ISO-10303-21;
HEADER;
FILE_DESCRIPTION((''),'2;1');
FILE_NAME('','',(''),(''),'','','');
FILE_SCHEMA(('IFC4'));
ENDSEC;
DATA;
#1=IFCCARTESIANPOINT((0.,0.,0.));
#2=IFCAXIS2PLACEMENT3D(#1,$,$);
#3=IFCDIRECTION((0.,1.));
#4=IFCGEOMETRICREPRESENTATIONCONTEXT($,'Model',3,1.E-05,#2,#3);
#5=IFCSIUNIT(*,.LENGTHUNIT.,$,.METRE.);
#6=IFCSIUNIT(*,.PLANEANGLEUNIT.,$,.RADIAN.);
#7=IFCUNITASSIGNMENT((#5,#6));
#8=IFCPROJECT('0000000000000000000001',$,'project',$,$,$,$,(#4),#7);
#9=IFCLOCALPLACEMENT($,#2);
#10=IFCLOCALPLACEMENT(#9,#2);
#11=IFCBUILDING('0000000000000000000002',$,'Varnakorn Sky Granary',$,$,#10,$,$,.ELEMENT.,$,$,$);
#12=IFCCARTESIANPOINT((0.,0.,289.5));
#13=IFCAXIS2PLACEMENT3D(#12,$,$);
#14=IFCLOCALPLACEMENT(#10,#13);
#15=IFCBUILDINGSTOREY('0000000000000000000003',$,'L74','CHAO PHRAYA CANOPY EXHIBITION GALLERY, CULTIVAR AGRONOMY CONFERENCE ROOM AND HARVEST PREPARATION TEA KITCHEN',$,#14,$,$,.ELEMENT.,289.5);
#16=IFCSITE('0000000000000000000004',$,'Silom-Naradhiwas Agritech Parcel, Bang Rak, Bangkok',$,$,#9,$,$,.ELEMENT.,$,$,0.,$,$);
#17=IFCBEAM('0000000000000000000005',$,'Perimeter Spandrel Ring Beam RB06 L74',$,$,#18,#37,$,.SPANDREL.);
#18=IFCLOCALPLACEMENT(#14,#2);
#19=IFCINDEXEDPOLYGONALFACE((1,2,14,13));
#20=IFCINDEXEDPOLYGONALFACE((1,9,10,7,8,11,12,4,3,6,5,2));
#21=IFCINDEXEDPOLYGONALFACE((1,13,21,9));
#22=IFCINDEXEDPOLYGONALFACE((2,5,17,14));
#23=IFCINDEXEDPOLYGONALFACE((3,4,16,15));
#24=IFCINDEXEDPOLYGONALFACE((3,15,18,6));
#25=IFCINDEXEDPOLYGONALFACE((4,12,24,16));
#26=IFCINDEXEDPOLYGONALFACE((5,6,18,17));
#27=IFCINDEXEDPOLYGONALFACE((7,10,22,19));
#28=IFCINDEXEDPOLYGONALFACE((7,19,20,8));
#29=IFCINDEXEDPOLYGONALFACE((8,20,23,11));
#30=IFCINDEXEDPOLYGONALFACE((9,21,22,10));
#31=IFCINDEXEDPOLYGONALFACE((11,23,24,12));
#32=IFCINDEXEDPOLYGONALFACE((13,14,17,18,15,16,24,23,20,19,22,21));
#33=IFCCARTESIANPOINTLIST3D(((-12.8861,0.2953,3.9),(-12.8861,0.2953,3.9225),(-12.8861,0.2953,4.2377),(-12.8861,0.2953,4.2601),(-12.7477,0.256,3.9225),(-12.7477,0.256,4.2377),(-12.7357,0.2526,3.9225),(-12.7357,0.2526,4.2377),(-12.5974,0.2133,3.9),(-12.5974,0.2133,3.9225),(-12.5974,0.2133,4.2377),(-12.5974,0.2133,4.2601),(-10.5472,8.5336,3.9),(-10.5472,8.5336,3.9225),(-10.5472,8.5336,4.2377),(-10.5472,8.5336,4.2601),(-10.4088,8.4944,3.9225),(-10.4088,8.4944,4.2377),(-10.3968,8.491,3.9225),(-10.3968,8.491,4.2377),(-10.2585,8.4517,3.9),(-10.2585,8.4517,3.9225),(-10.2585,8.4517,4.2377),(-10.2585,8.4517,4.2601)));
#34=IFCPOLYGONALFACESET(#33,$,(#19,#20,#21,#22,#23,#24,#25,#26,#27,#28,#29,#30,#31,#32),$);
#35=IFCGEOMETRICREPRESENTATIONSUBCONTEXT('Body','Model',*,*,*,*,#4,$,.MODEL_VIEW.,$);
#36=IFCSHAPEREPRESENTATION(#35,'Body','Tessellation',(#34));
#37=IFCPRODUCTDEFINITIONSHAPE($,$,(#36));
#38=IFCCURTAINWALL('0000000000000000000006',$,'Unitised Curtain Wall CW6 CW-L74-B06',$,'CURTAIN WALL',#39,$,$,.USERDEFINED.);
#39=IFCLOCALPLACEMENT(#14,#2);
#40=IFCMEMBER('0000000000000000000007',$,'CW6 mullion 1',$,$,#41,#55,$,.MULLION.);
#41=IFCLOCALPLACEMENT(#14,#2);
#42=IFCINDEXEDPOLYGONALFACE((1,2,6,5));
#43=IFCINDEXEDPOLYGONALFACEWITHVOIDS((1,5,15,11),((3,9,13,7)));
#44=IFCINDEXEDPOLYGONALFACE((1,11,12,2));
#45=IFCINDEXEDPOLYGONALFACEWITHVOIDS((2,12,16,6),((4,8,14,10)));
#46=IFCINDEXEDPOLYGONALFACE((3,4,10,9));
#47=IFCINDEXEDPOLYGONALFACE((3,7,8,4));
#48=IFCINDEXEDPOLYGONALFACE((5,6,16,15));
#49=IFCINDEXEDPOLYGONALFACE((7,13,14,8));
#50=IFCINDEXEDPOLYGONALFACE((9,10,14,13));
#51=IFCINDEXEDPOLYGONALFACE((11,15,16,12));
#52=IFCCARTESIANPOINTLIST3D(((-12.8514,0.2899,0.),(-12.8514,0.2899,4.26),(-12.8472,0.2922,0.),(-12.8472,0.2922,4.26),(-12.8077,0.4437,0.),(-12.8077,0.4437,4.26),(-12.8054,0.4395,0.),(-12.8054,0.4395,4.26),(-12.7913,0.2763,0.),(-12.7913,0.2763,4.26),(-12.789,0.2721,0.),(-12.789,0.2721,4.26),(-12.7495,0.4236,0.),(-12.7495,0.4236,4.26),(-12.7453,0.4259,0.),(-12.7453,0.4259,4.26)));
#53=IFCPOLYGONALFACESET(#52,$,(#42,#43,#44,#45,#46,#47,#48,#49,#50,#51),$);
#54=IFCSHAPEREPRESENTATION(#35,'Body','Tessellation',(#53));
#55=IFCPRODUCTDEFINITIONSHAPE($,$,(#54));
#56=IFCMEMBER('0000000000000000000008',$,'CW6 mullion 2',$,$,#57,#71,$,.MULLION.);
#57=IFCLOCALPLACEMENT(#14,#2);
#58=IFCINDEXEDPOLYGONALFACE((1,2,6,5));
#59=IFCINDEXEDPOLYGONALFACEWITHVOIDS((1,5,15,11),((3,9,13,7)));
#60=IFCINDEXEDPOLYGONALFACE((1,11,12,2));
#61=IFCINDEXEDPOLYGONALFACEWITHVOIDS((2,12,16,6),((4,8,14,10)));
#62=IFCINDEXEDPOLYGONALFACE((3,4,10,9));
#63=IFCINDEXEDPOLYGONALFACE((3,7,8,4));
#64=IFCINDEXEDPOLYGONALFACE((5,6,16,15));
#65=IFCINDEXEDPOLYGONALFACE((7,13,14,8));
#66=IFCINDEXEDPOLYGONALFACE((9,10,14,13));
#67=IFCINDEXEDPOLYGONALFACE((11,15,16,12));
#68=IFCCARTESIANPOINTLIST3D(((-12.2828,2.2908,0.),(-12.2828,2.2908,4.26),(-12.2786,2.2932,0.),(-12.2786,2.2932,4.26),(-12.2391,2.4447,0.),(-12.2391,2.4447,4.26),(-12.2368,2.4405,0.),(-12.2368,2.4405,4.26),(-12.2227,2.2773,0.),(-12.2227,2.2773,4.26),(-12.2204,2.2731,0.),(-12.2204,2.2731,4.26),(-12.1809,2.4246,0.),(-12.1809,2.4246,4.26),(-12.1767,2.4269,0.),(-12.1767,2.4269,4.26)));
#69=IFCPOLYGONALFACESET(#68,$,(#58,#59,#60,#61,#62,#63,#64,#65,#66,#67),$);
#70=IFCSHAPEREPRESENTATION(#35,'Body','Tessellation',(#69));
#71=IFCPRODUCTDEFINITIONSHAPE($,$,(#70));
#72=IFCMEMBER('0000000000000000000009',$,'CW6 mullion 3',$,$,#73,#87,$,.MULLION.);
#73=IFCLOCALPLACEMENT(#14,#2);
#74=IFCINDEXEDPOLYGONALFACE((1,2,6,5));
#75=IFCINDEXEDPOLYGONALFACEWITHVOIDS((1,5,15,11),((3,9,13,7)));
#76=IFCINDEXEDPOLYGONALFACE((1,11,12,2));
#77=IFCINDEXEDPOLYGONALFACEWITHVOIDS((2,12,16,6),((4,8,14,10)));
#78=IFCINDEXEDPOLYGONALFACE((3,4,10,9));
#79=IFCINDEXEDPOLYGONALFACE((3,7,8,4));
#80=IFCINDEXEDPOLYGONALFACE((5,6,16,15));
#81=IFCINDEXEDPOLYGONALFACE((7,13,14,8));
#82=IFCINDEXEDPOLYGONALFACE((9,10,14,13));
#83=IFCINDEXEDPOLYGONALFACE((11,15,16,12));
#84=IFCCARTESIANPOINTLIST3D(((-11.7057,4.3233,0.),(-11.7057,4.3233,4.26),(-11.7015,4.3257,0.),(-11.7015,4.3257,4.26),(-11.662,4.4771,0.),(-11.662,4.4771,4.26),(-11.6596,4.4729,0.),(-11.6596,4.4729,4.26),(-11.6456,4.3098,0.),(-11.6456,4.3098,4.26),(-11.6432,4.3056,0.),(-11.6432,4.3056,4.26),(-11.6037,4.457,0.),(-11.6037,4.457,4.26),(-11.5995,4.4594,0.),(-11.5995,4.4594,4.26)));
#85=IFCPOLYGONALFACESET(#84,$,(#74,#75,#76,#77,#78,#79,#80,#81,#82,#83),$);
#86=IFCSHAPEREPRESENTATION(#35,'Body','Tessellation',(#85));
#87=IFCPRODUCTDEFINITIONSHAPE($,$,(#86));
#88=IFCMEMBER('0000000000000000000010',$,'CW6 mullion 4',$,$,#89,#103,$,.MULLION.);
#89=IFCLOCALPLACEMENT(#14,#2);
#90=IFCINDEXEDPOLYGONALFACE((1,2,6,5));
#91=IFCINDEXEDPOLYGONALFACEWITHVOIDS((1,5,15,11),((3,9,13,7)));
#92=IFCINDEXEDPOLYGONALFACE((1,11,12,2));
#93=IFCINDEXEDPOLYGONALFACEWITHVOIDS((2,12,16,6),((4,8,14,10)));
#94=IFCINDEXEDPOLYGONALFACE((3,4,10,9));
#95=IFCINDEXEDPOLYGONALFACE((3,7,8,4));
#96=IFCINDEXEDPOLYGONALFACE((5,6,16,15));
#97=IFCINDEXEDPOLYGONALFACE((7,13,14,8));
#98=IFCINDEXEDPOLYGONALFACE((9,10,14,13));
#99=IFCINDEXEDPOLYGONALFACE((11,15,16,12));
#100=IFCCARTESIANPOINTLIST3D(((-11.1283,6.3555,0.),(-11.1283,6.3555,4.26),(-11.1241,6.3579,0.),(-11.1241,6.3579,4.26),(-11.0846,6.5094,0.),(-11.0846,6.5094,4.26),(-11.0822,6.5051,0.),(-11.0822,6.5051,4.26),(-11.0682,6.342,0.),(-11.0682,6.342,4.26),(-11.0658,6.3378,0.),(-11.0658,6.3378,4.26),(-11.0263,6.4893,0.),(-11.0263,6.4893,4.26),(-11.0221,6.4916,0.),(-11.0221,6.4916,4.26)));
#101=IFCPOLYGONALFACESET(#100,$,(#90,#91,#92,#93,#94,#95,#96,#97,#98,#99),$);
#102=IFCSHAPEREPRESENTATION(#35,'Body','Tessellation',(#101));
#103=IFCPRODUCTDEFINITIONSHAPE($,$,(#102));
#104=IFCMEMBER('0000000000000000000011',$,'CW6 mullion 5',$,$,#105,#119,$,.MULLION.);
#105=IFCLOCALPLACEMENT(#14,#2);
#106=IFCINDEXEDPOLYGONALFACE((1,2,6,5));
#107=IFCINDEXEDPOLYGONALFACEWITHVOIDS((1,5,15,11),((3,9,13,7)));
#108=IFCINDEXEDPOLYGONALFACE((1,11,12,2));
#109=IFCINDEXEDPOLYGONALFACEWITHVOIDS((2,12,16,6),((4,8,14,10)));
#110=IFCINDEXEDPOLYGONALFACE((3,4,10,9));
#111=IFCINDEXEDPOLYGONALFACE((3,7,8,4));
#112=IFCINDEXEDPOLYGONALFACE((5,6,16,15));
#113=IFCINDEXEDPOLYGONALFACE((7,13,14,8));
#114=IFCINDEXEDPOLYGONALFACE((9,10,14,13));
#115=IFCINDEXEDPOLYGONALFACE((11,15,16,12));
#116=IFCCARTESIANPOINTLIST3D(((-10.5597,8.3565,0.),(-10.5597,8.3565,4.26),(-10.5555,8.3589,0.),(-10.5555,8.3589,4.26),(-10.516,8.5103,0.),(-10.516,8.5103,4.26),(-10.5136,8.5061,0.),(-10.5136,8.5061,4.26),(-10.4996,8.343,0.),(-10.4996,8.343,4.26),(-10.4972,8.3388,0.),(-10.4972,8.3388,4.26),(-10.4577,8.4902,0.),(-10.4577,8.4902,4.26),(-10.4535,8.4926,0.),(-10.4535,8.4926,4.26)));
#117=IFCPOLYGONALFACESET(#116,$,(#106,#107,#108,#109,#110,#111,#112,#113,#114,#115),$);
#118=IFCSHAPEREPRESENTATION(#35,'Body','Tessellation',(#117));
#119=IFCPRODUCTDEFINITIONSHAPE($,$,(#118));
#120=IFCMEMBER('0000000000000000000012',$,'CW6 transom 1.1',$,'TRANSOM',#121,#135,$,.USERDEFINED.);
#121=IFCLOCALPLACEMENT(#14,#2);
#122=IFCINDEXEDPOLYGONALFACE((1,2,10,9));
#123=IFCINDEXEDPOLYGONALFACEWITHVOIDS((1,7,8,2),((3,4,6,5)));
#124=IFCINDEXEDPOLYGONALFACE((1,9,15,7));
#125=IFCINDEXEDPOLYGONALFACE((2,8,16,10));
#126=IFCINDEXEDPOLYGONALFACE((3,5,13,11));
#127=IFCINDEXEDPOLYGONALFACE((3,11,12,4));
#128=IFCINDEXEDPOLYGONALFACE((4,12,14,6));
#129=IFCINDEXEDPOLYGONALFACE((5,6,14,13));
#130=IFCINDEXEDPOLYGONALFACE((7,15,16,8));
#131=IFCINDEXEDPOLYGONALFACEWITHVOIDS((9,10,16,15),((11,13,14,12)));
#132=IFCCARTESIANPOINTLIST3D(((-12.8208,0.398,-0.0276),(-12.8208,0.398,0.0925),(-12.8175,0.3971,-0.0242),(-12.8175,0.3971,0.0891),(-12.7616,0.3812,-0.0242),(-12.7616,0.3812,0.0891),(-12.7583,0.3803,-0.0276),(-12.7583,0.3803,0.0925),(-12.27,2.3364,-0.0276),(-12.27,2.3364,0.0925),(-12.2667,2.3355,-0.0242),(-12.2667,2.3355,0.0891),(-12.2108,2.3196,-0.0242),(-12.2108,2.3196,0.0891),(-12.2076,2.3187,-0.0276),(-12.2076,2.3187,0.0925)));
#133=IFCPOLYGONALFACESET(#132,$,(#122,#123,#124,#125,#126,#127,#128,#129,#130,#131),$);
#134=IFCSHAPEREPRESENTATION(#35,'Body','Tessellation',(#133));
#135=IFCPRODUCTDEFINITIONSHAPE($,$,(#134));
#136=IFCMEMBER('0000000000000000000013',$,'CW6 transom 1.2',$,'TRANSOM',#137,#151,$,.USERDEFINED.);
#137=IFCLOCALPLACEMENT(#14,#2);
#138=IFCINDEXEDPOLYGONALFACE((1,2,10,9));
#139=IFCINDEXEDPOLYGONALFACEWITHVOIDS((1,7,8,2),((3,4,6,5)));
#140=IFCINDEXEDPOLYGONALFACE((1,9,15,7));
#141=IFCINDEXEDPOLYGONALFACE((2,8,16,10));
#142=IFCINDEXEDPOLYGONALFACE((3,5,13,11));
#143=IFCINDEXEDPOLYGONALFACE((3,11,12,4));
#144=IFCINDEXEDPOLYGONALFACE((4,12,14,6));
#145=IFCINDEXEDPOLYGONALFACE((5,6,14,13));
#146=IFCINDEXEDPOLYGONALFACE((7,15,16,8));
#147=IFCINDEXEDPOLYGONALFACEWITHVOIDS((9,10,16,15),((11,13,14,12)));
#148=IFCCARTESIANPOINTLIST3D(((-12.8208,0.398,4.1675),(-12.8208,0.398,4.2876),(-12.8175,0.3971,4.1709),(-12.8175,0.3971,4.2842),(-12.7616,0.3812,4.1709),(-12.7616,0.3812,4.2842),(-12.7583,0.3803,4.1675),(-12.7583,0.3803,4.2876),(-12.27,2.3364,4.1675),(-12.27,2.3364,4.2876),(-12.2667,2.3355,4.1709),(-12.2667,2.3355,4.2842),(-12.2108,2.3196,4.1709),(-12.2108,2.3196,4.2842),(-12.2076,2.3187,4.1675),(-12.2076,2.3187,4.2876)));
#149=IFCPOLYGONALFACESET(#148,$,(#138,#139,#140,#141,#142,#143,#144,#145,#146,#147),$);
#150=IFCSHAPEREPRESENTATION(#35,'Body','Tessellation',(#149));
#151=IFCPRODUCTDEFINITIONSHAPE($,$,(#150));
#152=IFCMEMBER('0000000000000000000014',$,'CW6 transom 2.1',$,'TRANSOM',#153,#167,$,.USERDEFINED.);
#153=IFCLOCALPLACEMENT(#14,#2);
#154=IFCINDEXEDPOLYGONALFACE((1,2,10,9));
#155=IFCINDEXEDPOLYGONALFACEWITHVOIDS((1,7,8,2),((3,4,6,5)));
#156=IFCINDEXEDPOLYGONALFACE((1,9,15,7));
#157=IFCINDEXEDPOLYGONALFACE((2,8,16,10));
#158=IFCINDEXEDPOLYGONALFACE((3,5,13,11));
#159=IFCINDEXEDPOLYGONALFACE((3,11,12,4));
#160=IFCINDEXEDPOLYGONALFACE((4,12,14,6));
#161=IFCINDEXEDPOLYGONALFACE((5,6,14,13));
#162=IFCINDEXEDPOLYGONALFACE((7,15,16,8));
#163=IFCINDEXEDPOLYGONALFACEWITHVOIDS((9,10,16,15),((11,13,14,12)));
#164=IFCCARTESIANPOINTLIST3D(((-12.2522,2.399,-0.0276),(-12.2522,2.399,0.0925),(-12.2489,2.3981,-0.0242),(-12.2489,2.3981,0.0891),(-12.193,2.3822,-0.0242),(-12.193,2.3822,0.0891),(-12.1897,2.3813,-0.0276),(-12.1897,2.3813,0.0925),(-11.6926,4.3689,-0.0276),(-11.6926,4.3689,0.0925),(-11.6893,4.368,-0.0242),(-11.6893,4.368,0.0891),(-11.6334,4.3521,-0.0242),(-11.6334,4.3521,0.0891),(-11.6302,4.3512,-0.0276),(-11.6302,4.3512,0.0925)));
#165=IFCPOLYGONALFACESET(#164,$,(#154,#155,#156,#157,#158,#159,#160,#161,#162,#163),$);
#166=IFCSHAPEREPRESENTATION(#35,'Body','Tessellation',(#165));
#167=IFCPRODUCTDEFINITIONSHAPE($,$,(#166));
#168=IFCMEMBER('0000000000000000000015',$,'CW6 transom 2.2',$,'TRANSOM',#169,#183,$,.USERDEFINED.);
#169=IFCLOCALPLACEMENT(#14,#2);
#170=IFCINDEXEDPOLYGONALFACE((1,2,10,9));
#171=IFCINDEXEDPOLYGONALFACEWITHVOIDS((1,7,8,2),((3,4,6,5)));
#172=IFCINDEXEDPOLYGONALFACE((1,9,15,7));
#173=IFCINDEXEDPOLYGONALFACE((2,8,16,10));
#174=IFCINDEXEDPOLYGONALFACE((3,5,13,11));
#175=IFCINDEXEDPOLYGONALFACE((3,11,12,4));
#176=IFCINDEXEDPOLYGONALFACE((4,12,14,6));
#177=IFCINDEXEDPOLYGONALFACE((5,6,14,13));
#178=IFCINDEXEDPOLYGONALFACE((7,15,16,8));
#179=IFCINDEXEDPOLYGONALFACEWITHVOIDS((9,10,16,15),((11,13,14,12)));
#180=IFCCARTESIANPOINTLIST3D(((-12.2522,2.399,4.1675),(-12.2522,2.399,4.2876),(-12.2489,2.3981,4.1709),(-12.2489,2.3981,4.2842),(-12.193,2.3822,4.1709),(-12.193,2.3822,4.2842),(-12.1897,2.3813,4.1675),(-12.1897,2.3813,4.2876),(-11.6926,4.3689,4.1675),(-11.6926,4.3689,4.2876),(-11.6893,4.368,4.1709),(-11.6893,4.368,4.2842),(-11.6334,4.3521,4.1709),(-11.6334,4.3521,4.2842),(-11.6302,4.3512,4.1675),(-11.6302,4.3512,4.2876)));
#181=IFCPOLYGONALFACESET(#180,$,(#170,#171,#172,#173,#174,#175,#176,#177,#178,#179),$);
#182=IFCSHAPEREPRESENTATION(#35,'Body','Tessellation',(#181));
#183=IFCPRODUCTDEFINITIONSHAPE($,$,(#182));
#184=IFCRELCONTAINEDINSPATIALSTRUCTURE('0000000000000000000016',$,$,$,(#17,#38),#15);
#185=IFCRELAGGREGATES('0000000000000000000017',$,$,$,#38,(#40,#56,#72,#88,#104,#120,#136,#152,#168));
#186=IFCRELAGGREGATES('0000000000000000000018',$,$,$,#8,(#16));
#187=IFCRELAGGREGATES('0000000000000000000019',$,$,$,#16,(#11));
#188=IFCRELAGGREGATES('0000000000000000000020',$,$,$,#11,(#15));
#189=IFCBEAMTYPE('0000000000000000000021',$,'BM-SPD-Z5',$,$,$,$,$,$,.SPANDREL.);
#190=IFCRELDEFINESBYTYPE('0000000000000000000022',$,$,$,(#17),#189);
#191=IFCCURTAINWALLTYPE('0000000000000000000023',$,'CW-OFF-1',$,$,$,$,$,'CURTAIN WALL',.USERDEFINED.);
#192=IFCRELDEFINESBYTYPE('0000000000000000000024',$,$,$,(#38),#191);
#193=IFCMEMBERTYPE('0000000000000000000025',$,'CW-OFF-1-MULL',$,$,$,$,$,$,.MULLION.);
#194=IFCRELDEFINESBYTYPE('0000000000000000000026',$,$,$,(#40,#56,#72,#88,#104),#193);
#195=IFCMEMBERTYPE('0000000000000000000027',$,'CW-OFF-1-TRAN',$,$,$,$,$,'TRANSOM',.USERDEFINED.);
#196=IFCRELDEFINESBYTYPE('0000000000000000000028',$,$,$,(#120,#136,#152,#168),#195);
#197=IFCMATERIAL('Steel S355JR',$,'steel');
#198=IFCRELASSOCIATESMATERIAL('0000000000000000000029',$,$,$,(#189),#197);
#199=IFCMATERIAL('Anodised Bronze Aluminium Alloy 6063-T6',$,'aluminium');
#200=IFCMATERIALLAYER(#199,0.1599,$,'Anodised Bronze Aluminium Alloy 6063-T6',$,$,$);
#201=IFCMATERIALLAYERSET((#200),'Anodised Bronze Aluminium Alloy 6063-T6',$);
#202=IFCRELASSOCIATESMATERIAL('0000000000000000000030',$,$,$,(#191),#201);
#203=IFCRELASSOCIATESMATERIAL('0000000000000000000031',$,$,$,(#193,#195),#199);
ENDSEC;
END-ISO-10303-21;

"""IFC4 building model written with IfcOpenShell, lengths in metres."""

from ifc_helpers import new_model, si_unit, direction, frame, origin, origin_2d, place, context, subcontext, project, spatial, hollow_rectangle, i_section, extrude, material, layer, layer_set, material_profile, profile_set, type_object, element, aggregate, save


model = new_model("IFC4")

# Units and contexts
model_context = context("Model", 3, precision=1e-05, world=origin(), true_north=direction((0.0, 1.0)))
body_context = subcontext(model_context, "Body", "Model", "MODEL_VIEW")
ifc_project = project(units=[si_unit("LENGTHUNIT", "METRE"), si_unit("PLANEANGLEUNIT", "RADIAN")], contexts=[model_context])

# Site, building, storey
site_placement = place(None, origin())
site = spatial("IfcSite", under=ifc_project, at=site_placement, Name="Silom-Naradhiwas Agritech Parcel, Bang Rak, Bangkok", CompositionType="ELEMENT", RefElevation=0.0)
building_placement = place(site_placement, origin())
building = spatial("IfcBuilding", under=site, at=building_placement, Name="Varnakorn Sky Granary", CompositionType="ELEMENT")
storey_placement = place(building_placement, frame((0.0, 0.0, 289.5)))
storey = spatial("IfcBuildingStorey", under=building, at=storey_placement, Name="L74", Description="CHAO PHRAYA CANOPY EXHIBITION GALLERY, CULTIVAR AGRONOMY CONFERENCE ROOM AND HARVEST PREPARATION TEA KITCHEN", CompositionType="ELEMENT", Elevation=289.5)

# Beam
ifc_material_1 = material(Name="Steel S355JR", Category="steel")
ifc_material_profile_1 = material_profile(ifc_material_1, i_section(OverallWidth=0.3, OverallDepth=0.3601, WebThickness=0.0125, FlangeThickness=0.0225, at=origin_2d()), Name="HE 360 B")
ifc_profile_set_1 = profile_set([ifc_material_profile_1], Name="Steel S355JR")
beam_type = type_object("IfcBeamType", Name="BM-SPD-Z5", PredefinedType="SPANDREL", material=ifc_profile_set_1)
beam_placement = place(storey_placement, frame((-10.4028, 8.4927, 4.0801), z_axis=(-0.273109, -0.961983, 0.0), x_axis=(0.961983, -0.273109, 0.0)))
element("IfcBeam", 1, at=beam_placement, inside=storey, type_object=beam_type, Name="Perimeter Spandrel Ring Beam RB06 L74", PredefinedType="SPANDREL", context=body_context, shape_type="SweptSolid", body=[
    extrude(i_section(OverallWidth=0.3, OverallDepth=0.3601, WebThickness=0.0125, FlangeThickness=0.0225, at=origin_2d()), origin(), (0.0, 0.0, 1.0), 8.564),
])

# Curtain wall, members
ifc_material_2 = material(Name="Anodised Bronze Aluminium Alloy 6063-T6", Category="aluminium")
ifc_layer_1 = layer(ifc_material_2, 0.1599, Name="Anodised Bronze Aluminium Alloy 6063-T6")
ifc_layer_set_1 = layer_set([ifc_layer_1], Name="Anodised Bronze Aluminium Alloy 6063-T6")
curtain_wall_type = type_object("IfcCurtainWallType", Name="CW-OFF-1", ElementType="CURTAIN WALL", PredefinedType="USERDEFINED", material=ifc_layer_set_1)
curtain_wall_placement = place(storey_placement, origin())
curtain_wall = element("IfcCurtainWall", 2, at=curtain_wall_placement, inside=storey, type_object=curtain_wall_type, Name="Unitised Curtain Wall CW6 CW-L74-B06", ObjectType="CURTAIN WALL", PredefinedType="USERDEFINED")
ifc_material_profile_2 = material_profile(ifc_material_2, hollow_rectangle(XDim=0.0649, YDim=0.1599, WallThickness=0.0034, at=origin_2d()), Name="ALU MULL 65x160")
ifc_profile_set_2 = profile_set([ifc_material_profile_2], Name="Anodised Bronze Aluminium Alloy 6063-T6")
member_type_1 = type_object("IfcMemberType", Name="CW-OFF-1-MULL", PredefinedType="MULLION", material=ifc_profile_set_2)
member_1_placement = place(storey_placement, frame((-12.7983, 0.3579, 0.0), z_axis=(0.0, 0.0, 1.0), x_axis=(-0.961937, 0.27327, 0.0)))
member_1 = element("IfcMember", 3, at=member_1_placement, type_object=member_type_1, Name="CW6 mullion 1", PredefinedType="MULLION", context=body_context, shape_type="SweptSolid", body=[
    extrude(hollow_rectangle(XDim=0.0649, YDim=0.1599, WallThickness=0.0034, at=origin_2d()), origin(), (0.0, 0.0, 1.0), 4.26),
])
member_2_placement = place(storey_placement, frame((-12.2297, 2.3589, 0.0), z_axis=(0.0, 0.0, 1.0), x_axis=(-0.961937, 0.27327, 0.0)))
member_2 = element("IfcMember", 4, at=member_2_placement, type_object=member_type_1, Name="CW6 mullion 2", PredefinedType="MULLION", context=body_context, shape_type="SweptSolid", body=[
    extrude(hollow_rectangle(XDim=0.0649, YDim=0.1599, WallThickness=0.0034, at=origin_2d()), origin(), (0.0, 0.0, 1.0), 4.26),
])
member_3_placement = place(storey_placement, frame((-11.6526, 4.3914, 0.0), z_axis=(0.0, 0.0, 1.0), x_axis=(-0.961937, 0.27327, 0.0)))
member_3 = element("IfcMember", 5, at=member_3_placement, type_object=member_type_1, Name="CW6 mullion 3", PredefinedType="MULLION", context=body_context, shape_type="SweptSolid", body=[
    extrude(hollow_rectangle(XDim=0.0649, YDim=0.1599, WallThickness=0.0034, at=origin_2d()), origin(), (0.0, 0.0, 1.0), 4.26),
])
member_4_placement = place(storey_placement, frame((-11.0752, 6.4236, 0.0), z_axis=(0.0, 0.0, 1.0), x_axis=(-0.961937, 0.27327, 0.0)))
member_4 = element("IfcMember", 6, at=member_4_placement, type_object=member_type_1, Name="CW6 mullion 4", PredefinedType="MULLION", context=body_context, shape_type="SweptSolid", body=[
    extrude(hollow_rectangle(XDim=0.0649, YDim=0.1599, WallThickness=0.0034, at=origin_2d()), origin(), (0.0, 0.0, 1.0), 4.26),
])
member_5_placement = place(storey_placement, frame((-10.5066, 8.4246, 0.0), z_axis=(0.0, 0.0, 1.0), x_axis=(-0.961937, 0.27327, 0.0)))
member_5 = element("IfcMember", 7, at=member_5_placement, type_object=member_type_1, Name="CW6 mullion 5", PredefinedType="MULLION", context=body_context, shape_type="SweptSolid", body=[
    extrude(hollow_rectangle(XDim=0.0649, YDim=0.1599, WallThickness=0.0034, at=origin_2d()), origin(), (0.0, 0.0, 1.0), 4.26),
])
ifc_material_profile_3 = material_profile(ifc_material_2, hollow_rectangle(XDim=0.0649, YDim=0.1201, WallThickness=0.0034, at=origin_2d()), Name="ALU TRAN 65x120")
ifc_profile_set_3 = profile_set([ifc_material_profile_3], Name="Anodised Bronze Aluminium Alloy 6063-T6")
member_type_2 = type_object("IfcMemberType", Name="CW-OFF-1-TRAN", ElementType="TRANSOM", PredefinedType="USERDEFINED", material=ifc_profile_set_3)
member_6_placement = place(storey_placement, frame((-12.7896, 0.3892, 0.0325), z_axis=(0.273313, 0.961925, 0.0), x_axis=(-0.961925, 0.273313, 0.0)))
member_6 = element("IfcMember", 8, at=member_6_placement, type_object=member_type_2, Name="CW6 transom 1.1", ObjectType="TRANSOM", PredefinedType="USERDEFINED", context=body_context, shape_type="SweptSolid", body=[
    extrude(hollow_rectangle(XDim=0.0649, YDim=0.1201, WallThickness=0.0034, at=origin_2d()), origin(), (0.0, 0.0, 1.0), 2.0151),
])
member_7_placement = place(storey_placement, frame((-12.7896, 0.3892, 4.2275), z_axis=(0.273313, 0.961925, 0.0), x_axis=(-0.961925, 0.273313, 0.0)))
member_7 = element("IfcMember", 9, at=member_7_placement, type_object=member_type_2, Name="CW6 transom 1.2", ObjectType="TRANSOM", PredefinedType="USERDEFINED", context=body_context, shape_type="SweptSolid", body=[
    extrude(hollow_rectangle(XDim=0.0649, YDim=0.1201, WallThickness=0.0034, at=origin_2d()), origin(), (0.0, 0.0, 1.0), 2.0151),
])
member_8_placement = place(storey_placement, frame((-12.2209, 2.3901, 0.0325), z_axis=(0.273241, 0.961946, 0.0), x_axis=(-0.961946, 0.273241, 0.0)))
member_8 = element("IfcMember", 10, at=member_8_placement, type_object=member_type_2, Name="CW6 transom 2.1", ObjectType="TRANSOM", PredefinedType="USERDEFINED", context=body_context, shape_type="SweptSolid", body=[
    extrude(hollow_rectangle(XDim=0.0649, YDim=0.1201, WallThickness=0.0034, at=origin_2d()), origin(), (0.0, 0.0, 1.0), 2.0479),
])
member_9_placement = place(storey_placement, frame((-12.2209, 2.3901, 4.2275), z_axis=(0.273241, 0.961946, 0.0), x_axis=(-0.961946, 0.273241, 0.0)))
member_9 = element("IfcMember", 11, at=member_9_placement, type_object=member_type_2, Name="CW6 transom 2.2", ObjectType="TRANSOM", PredefinedType="USERDEFINED", context=body_context, shape_type="SweptSolid", body=[
    extrude(hollow_rectangle(XDim=0.0649, YDim=0.1201, WallThickness=0.0034, at=origin_2d()), origin(), (0.0, 0.0, 1.0), 2.0479),
])

aggregate(curtain_wall, [member_1, member_2, member_3, member_4, member_5, member_6, member_7, member_8, member_9])

save(model, "model.ifc")
